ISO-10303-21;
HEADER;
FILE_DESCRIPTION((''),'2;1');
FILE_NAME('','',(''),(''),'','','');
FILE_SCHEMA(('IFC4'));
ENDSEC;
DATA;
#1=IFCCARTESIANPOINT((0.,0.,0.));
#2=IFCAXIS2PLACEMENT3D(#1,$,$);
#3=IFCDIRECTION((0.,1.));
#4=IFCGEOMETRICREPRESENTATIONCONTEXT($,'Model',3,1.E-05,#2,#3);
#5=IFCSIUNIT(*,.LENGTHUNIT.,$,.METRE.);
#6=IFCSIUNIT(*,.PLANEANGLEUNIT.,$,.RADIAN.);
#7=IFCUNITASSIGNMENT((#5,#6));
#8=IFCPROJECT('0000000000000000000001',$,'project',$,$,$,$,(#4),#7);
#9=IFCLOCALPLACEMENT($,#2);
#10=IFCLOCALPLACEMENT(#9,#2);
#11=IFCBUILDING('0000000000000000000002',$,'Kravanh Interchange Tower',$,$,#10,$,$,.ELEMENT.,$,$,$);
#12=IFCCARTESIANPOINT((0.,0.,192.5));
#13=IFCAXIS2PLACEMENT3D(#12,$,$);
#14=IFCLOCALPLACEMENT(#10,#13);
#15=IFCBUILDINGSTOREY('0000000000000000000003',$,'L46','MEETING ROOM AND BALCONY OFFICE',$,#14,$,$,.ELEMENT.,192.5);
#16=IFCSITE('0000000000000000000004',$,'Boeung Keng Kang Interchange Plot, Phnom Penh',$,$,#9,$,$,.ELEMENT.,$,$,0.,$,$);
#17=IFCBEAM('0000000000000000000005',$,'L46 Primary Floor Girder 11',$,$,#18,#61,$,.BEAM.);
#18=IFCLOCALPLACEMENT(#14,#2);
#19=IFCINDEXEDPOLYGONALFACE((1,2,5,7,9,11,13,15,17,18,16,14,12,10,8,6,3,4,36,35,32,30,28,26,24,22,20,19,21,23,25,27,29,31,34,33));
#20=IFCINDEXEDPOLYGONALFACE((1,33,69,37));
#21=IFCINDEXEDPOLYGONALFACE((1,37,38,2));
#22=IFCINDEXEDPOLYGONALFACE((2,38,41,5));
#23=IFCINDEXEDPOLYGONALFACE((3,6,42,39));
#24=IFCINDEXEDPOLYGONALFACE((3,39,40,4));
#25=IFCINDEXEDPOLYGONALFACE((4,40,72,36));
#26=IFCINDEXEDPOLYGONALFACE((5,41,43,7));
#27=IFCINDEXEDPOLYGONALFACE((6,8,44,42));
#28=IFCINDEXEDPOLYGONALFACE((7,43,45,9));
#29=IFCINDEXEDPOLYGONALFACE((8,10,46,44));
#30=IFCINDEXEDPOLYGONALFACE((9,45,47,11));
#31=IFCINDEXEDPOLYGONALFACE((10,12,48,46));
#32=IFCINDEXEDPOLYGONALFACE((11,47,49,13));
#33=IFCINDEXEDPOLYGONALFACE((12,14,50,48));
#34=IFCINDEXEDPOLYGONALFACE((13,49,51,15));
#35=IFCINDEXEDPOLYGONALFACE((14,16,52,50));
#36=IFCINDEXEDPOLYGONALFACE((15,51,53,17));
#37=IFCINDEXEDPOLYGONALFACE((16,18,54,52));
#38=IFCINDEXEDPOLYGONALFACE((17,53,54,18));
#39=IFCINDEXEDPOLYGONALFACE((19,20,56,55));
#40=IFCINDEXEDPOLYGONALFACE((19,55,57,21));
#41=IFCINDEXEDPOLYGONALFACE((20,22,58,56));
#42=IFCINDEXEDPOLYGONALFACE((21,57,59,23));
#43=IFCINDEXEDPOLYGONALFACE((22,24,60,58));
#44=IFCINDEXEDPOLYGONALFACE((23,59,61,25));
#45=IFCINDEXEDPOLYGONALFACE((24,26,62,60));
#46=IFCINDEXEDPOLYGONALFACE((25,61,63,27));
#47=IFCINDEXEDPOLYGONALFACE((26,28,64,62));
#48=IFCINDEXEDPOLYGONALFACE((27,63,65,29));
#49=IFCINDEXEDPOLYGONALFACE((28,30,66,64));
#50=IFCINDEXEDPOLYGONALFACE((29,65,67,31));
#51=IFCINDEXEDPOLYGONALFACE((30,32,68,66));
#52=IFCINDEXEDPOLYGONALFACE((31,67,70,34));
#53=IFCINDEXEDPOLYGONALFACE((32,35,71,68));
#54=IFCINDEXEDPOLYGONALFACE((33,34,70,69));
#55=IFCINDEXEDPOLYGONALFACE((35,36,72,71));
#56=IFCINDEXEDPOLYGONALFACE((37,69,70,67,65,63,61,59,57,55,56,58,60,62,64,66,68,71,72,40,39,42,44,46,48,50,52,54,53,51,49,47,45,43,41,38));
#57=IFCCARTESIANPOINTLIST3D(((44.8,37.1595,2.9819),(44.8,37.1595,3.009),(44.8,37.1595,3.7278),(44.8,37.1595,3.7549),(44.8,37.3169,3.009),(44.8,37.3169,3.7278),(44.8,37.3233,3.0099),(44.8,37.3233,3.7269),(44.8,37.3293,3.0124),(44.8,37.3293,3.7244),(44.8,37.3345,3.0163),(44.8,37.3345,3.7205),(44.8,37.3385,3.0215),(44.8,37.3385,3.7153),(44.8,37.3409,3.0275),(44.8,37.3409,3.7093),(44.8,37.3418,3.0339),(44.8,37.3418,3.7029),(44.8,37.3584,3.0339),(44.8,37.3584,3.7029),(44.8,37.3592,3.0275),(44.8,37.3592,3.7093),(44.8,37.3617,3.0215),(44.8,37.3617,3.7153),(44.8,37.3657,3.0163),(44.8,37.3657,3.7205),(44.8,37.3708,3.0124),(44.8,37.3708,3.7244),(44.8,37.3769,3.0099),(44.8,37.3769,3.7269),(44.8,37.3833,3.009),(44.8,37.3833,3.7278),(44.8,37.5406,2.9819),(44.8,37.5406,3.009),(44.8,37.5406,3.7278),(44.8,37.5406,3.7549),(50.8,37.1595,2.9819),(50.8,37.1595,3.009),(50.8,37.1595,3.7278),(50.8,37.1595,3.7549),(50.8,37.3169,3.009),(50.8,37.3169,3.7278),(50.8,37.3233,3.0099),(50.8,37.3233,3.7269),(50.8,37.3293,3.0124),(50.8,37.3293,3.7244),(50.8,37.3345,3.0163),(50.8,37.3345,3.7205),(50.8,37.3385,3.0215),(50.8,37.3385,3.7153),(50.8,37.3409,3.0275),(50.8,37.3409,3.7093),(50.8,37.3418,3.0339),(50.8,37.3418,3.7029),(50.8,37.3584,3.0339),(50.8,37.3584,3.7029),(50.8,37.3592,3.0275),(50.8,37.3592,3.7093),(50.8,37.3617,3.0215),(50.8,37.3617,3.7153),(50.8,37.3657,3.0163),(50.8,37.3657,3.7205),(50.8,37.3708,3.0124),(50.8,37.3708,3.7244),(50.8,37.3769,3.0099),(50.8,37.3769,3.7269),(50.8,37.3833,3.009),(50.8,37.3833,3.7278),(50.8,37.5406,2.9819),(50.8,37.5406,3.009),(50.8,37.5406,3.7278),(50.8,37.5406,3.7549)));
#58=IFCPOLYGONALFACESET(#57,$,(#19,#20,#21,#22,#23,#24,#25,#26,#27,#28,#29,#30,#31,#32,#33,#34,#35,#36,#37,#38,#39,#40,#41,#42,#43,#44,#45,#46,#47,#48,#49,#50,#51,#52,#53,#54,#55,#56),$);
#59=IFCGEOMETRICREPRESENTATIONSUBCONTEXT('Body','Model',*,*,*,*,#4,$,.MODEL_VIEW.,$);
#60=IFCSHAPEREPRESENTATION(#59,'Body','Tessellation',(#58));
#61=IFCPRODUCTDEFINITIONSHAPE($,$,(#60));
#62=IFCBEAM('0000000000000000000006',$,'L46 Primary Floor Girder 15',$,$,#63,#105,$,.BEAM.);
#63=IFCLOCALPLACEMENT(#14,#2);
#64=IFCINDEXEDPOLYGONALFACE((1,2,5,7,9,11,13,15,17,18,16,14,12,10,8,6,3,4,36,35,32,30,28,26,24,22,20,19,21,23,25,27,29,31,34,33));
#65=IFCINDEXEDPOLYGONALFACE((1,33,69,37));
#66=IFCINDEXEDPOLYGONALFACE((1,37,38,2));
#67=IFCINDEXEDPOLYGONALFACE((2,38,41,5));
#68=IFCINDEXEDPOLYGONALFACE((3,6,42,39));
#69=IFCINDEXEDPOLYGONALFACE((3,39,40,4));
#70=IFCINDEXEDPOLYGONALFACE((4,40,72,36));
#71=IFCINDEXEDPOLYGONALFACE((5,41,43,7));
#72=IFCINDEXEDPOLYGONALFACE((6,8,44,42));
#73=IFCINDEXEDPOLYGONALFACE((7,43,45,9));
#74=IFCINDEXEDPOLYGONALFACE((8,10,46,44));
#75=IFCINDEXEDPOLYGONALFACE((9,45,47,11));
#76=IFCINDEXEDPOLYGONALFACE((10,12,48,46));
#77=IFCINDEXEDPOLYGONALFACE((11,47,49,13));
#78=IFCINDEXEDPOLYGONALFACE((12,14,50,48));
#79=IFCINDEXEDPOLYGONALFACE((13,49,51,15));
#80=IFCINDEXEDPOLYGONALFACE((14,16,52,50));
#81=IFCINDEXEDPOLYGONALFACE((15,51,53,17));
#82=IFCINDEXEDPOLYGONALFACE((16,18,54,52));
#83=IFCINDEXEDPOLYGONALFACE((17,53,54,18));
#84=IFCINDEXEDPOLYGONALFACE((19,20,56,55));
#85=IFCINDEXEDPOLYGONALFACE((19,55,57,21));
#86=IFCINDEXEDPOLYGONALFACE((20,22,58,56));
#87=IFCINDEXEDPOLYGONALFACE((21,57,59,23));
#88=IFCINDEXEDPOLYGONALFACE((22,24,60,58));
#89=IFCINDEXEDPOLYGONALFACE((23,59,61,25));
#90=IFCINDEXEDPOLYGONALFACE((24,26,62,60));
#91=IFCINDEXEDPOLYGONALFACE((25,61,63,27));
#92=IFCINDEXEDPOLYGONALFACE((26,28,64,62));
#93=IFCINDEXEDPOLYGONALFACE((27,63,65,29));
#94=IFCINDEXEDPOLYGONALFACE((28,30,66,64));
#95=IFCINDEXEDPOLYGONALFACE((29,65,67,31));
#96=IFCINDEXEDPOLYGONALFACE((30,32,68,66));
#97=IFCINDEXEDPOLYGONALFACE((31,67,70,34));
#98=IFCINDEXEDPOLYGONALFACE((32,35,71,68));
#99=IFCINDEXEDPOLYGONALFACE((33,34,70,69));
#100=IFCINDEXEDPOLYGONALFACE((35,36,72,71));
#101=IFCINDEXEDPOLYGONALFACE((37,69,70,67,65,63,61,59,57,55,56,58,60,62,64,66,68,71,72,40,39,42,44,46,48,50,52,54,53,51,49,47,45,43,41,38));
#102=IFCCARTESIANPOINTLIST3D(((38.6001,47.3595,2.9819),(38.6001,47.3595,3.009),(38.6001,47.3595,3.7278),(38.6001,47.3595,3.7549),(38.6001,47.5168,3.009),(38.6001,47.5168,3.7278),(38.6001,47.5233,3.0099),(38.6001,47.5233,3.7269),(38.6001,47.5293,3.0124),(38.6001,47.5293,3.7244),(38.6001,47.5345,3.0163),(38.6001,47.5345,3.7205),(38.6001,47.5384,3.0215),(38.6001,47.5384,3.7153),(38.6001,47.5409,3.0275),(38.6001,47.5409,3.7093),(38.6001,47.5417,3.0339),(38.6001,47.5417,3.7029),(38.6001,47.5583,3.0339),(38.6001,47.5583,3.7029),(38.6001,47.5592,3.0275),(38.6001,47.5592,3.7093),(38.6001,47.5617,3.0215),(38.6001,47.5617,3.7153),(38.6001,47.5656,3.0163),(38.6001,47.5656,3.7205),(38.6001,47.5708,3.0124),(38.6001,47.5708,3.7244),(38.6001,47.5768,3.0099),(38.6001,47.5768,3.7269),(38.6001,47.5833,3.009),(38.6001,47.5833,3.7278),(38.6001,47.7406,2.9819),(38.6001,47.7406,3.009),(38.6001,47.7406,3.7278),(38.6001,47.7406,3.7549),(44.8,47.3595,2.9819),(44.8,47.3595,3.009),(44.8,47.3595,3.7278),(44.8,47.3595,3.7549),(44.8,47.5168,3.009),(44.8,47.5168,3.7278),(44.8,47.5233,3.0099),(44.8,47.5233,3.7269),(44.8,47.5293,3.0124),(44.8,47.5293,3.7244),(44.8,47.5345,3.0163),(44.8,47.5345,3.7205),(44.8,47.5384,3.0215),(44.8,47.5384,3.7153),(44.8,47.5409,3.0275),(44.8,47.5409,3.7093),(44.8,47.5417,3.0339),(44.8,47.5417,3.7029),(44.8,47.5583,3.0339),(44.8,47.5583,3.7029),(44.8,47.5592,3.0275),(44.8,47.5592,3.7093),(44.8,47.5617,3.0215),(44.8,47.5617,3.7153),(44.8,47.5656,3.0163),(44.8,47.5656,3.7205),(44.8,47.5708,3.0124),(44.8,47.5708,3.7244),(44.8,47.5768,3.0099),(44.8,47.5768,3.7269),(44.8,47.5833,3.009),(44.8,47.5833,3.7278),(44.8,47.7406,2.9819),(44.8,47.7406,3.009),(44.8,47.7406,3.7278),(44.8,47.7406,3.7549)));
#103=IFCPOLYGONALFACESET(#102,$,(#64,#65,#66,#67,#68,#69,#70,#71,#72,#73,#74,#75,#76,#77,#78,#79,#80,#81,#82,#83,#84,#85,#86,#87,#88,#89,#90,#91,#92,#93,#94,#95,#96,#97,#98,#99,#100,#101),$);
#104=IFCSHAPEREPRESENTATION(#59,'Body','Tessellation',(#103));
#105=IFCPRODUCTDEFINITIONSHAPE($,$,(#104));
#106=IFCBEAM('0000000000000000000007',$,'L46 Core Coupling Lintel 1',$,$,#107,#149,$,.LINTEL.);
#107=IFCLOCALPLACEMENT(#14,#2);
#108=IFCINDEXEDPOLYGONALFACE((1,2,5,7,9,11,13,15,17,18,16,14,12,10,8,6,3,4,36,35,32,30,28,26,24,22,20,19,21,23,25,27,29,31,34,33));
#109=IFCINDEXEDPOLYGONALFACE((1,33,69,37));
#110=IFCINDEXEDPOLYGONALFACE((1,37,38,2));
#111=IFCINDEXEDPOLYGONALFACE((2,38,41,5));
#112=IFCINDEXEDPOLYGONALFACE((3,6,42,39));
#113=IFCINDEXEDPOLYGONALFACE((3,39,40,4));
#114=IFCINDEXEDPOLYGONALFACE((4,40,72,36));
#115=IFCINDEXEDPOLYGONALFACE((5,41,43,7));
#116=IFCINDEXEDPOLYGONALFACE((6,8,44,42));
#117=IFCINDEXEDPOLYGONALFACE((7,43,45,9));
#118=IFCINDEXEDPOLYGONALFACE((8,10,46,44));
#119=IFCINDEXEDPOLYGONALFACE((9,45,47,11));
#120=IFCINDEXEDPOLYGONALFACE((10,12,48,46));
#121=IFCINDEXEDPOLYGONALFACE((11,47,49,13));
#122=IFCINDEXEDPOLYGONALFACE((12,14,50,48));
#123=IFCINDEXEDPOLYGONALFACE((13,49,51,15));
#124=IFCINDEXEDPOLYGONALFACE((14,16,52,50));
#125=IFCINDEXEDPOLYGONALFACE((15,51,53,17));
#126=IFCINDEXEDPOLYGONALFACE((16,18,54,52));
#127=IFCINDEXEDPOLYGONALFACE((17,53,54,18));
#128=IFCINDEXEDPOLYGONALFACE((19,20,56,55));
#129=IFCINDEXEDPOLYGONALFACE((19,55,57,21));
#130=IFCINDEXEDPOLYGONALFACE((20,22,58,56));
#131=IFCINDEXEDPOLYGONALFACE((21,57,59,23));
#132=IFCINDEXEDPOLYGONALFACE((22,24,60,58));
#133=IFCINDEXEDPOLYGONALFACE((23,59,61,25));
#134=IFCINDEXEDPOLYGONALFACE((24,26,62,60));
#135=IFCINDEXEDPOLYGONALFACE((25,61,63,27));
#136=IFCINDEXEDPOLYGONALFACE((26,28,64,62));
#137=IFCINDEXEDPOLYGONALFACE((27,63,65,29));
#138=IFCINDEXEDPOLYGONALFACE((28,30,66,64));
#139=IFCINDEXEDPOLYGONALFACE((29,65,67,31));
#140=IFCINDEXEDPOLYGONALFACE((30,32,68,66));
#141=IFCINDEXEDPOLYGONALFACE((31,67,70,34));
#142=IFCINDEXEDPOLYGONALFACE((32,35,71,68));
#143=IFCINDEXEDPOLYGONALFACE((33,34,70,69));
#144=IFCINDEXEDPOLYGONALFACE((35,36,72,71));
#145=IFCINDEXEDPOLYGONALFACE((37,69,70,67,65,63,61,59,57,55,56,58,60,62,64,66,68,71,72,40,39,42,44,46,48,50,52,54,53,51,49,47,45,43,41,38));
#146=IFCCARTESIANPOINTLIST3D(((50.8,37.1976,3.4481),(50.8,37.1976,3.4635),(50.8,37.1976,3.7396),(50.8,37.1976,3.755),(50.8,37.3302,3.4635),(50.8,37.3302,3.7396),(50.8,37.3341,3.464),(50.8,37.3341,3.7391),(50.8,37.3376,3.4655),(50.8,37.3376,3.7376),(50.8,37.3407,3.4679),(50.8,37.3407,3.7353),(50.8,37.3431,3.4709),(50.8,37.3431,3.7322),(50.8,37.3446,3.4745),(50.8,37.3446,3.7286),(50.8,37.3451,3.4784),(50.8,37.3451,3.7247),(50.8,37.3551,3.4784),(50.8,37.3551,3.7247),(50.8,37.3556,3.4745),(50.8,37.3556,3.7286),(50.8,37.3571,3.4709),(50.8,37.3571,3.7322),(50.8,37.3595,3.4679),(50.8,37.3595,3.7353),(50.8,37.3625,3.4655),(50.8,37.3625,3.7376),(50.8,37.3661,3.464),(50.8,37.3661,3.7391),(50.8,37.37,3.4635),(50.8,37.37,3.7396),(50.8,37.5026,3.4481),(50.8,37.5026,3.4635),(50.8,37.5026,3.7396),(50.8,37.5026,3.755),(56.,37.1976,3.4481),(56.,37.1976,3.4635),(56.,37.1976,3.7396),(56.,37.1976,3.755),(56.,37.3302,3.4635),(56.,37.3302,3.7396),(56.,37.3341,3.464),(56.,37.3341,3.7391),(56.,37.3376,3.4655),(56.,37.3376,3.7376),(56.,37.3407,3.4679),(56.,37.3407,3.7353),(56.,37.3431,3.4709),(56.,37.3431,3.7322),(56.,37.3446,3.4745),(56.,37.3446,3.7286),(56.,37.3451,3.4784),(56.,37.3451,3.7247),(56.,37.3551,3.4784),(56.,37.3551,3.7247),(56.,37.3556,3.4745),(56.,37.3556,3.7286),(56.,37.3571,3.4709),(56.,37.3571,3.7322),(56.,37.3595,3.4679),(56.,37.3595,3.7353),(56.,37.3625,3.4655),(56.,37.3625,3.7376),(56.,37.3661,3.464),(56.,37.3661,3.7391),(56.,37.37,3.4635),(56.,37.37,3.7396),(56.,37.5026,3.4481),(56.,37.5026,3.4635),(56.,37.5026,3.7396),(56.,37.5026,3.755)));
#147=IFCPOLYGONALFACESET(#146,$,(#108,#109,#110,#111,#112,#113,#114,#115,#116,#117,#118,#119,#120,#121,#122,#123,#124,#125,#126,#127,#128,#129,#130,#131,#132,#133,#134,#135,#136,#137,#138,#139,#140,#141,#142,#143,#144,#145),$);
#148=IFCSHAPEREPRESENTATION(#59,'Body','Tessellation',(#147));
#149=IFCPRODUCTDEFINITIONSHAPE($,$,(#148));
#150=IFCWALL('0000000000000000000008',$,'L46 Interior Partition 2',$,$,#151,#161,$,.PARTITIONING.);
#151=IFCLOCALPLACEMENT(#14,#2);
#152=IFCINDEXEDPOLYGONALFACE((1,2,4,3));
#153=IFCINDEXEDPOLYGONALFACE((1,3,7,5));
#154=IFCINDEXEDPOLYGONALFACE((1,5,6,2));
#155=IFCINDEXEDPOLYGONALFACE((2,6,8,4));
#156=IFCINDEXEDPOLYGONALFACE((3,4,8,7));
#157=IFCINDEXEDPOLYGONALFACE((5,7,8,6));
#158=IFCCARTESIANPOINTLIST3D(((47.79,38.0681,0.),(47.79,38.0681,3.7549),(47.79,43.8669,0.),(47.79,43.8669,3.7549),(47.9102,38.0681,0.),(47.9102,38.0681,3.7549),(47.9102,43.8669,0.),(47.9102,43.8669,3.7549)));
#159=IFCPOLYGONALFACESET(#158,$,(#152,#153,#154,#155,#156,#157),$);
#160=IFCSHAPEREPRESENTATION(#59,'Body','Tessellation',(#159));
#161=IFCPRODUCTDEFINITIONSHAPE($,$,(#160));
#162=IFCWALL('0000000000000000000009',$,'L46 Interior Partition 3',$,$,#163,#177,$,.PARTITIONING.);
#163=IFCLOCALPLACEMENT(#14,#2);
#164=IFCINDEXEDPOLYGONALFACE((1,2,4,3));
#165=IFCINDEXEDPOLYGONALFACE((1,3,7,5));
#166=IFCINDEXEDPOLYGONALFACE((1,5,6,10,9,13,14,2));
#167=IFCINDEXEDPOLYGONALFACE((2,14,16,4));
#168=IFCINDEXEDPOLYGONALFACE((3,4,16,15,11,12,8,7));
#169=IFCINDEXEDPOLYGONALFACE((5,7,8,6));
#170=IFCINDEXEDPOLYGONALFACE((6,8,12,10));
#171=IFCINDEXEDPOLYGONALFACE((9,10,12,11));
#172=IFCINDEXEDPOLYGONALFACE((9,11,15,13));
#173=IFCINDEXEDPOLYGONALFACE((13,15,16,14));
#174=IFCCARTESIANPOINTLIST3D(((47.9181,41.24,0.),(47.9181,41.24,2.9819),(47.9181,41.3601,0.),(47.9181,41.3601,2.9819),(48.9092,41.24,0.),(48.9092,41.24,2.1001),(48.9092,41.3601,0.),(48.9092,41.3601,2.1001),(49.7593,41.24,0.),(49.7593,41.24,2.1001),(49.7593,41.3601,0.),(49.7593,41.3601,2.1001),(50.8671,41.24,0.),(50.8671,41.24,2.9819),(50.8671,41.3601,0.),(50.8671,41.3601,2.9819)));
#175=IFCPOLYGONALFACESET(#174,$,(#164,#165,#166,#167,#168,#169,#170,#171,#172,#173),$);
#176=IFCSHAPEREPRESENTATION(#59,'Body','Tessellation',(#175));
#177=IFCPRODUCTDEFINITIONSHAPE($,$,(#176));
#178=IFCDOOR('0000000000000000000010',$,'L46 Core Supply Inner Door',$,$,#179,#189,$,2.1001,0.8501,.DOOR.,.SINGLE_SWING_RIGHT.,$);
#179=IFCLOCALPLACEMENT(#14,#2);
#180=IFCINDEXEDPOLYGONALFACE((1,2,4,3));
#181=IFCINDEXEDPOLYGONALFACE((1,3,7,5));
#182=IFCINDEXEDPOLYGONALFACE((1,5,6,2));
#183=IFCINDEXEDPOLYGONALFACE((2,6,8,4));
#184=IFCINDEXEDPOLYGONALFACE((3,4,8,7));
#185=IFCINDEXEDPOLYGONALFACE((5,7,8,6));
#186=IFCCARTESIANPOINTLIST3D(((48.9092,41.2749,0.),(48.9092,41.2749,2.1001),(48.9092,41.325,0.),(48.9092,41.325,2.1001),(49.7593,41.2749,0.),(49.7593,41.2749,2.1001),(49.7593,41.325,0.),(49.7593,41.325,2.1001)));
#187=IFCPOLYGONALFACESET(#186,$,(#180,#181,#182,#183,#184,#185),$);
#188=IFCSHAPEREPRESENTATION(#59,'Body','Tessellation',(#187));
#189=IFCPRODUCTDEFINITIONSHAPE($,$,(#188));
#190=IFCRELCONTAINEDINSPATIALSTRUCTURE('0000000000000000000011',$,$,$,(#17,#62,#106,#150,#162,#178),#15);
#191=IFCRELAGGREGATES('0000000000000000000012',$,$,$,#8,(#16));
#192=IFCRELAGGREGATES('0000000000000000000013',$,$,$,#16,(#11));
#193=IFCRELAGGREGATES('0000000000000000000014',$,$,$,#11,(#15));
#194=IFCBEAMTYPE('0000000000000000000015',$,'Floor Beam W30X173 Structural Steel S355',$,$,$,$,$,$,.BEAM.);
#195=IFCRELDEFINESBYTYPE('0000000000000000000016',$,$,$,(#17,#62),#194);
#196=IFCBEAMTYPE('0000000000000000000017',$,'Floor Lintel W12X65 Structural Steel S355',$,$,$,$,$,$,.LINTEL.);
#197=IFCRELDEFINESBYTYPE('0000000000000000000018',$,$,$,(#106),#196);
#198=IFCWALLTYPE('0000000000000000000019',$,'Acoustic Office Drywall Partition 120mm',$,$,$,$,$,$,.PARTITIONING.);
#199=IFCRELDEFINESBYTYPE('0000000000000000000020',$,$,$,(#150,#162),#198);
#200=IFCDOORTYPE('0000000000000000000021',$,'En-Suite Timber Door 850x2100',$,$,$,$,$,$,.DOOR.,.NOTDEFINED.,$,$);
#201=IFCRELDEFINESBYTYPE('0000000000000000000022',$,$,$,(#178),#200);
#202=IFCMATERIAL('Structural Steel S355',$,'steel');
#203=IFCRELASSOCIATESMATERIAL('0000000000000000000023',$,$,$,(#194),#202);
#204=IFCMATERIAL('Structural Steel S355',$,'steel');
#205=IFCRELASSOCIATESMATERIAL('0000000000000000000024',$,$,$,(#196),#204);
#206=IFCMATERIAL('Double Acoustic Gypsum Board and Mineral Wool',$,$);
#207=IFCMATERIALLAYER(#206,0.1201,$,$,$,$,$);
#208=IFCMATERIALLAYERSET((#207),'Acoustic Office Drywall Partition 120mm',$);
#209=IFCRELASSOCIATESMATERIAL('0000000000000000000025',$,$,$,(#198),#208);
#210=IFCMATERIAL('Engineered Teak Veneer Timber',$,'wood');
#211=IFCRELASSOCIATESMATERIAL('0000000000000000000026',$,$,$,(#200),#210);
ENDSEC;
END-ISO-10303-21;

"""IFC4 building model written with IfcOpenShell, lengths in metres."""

from ifc_helpers import new_model, si_unit, direction, frame, frame_2d, origin, origin_2d, place, context, subcontext, project, spatial, rectangle, i_section, extrude, material, layer, layer_set, material_profile, profile_set, type_object, element, fill, save


model = new_model("IFC4")

# Units and contexts
model_context = context("Model", 3, precision=1e-05, world=origin(), true_north=direction((0.0, 1.0)))
body_context = subcontext(model_context, "Body", "Model", "MODEL_VIEW")
ifc_project = project(units=[si_unit("LENGTHUNIT", "METRE"), si_unit("PLANEANGLEUNIT", "RADIAN")], contexts=[model_context])

# Site, building, storey
site_placement = place(None, origin())
site = spatial("IfcSite", under=ifc_project, at=site_placement, Name="Boeung Keng Kang Interchange Plot, Phnom Penh", CompositionType="ELEMENT", RefElevation=0.0)
building_placement = place(site_placement, origin())
building = spatial("IfcBuilding", under=site, at=building_placement, Name="Kravanh Interchange Tower", CompositionType="ELEMENT")
storey_placement = place(building_placement, frame((0.0, 0.0, 192.5)))
storey = spatial("IfcBuildingStorey", under=building, at=storey_placement, Name="L46", Description="MEETING ROOM AND BALCONY OFFICE", CompositionType="ELEMENT", Elevation=192.5)

# Beams
ifc_material_1 = material(Name="Structural Steel S355", Category="steel")
ifc_material_profile_1 = material_profile(ifc_material_1, i_section(OverallWidth=0.3811, OverallDepth=0.7729, WebThickness=0.0166, FlangeThickness=0.0271, FilletRadius=0.0249, at=origin_2d()), Name="W30X173")
ifc_profile_set_1 = profile_set([ifc_material_profile_1], Name="Structural Steel S355")
beam_type_1 = type_object("IfcBeamType", Name="Floor Beam W30X173 Structural Steel S355", PredefinedType="BEAM", material=ifc_profile_set_1)
beam_1_placement = place(storey_placement, frame((50.8, 37.3501, 3.3684), z_axis=(-1.0, 0.0, 0.0), x_axis=(0.0, -1.0, 0.0)))
element("IfcBeam", 1, at=beam_1_placement, inside=storey, type_object=beam_type_1, Name="L46 Primary Floor Girder 11", PredefinedType="BEAM", context=body_context, shape_type="SweptSolid", body=[
    extrude(i_section(OverallWidth=0.3811, OverallDepth=0.7729, WebThickness=0.0166, FlangeThickness=0.0271, FilletRadius=0.0249, at=origin_2d()), origin(), (0.0, 0.0, 1.0), 6.0),
])
beam_2_placement = place(storey_placement, frame((44.8, 47.55, 3.3684), z_axis=(-1.0, 0.0, 0.0), x_axis=(0.0, -1.0, 0.0)))
element("IfcBeam", 2, at=beam_2_placement, inside=storey, type_object=beam_type_1, Name="L46 Primary Floor Girder 15", PredefinedType="BEAM", context=body_context, shape_type="SweptSolid", body=[
    extrude(i_section(OverallWidth=0.3811, OverallDepth=0.7729, WebThickness=0.0166, FlangeThickness=0.0271, FilletRadius=0.0249, at=origin_2d()), origin(), (0.0, 0.0, 1.0), 6.2),
])
ifc_material_2 = material(Name="Structural Steel S355", Category="steel")
ifc_material_profile_2 = material_profile(ifc_material_2, i_section(OverallWidth=0.3049, OverallDepth=0.3069, WebThickness=0.01, FlangeThickness=0.0154, FilletRadius=0.0149, at=origin_2d()), Name="W12X65")
ifc_profile_set_2 = profile_set([ifc_material_profile_2], Name="Structural Steel S355")
beam_type_2 = type_object("IfcBeamType", Name="Floor Lintel W12X65 Structural Steel S355", PredefinedType="LINTEL", material=ifc_profile_set_2)
beam_3_placement = place(storey_placement, frame((50.8, 37.3501, 3.6016), z_axis=(1.0, 0.0, 0.0), x_axis=(0.0, 1.0, 0.0)))
element("IfcBeam", 3, at=beam_3_placement, inside=storey, type_object=beam_type_2, Name="L46 Core Coupling Lintel 1", PredefinedType="LINTEL", context=body_context, shape_type="SweptSolid", body=[
    extrude(i_section(OverallWidth=0.3049, OverallDepth=0.3069, WebThickness=0.01, FlangeThickness=0.0154, FilletRadius=0.0149, at=origin_2d()), origin(), (0.0, 0.0, 1.0), 5.2),
])

# Wall
ifc_material_3 = material(Name="Double Acoustic Gypsum Board and Mineral Wool")
ifc_layer_1 = layer(ifc_material_3, 0.1201)
ifc_layer_set_1 = layer_set([ifc_layer_1], Name="Acoustic Office Drywall Partition 120mm")
wall_type_1 = type_object("IfcWallType", Name="Acoustic Office Drywall Partition 120mm", PredefinedType="PARTITIONING", material=ifc_layer_set_1)
wall_1_placement = place(storey_placement, frame((47.8501, 38.0681, 0.0), z_axis=(0.0, 0.0, 1.0), x_axis=(0.0, 1.0, 0.0)))
element("IfcWall", 4, at=wall_1_placement, inside=storey, type_object=wall_type_1, Name="L46 Interior Partition 2", PredefinedType="PARTITIONING", context=body_context, shape_type="SweptSolid", body=[
    extrude(rectangle(XDim=5.7988, YDim=0.1201, at=frame_2d((2.8994, 0.0))), origin(), (0.0, 0.0, 1.0), 3.7549),
])

# Wall, opening, door
wall_2_placement = place(storey_placement, frame((47.918, 41.3, 0.0), z_axis=(0.0, 0.0, 1.0), x_axis=(1.0, 0.0, 0.0)))
wall_2 = element("IfcWall", 5, at=wall_2_placement, inside=storey, type_object=wall_type_1, Name="L46 Interior Partition 3", PredefinedType="PARTITIONING", context=body_context, shape_type="SweptSolid", body=[
    extrude(rectangle(XDim=2.949, YDim=0.1201, at=frame_2d((1.4746, 0.0))), origin(), (0.0, 0.0, 1.0), 2.9819),
])
opening_1_placement = place(wall_2_placement, frame((0.9912, 0.0, 0.0)))
opening_1 = element("IfcOpeningElement", 6, at=opening_1_placement, cuts=wall_2, PredefinedType="OPENING", context=body_context, shape_type="SweptSolid", body=[
    extrude(rectangle(XDim=0.8501, YDim=2.1001, at=frame_2d((0.425, 1.05))), frame((0.0, 0.0701, 0.0), z_axis=(0.0, -1.0, 0.0), x_axis=(1.0, 0.0, 0.0)), (0.0, 0.0, 1.0), 0.1401),
])
ifc_material_4 = material(Name="Engineered Teak Veneer Timber", Category="wood")
door_type_1 = type_object("IfcDoorType", Name="En-Suite Timber Door 850x2100", OperationType="NOTDEFINED", PredefinedType="DOOR", material=ifc_material_4)
door_1_placement = place(opening_1_placement, origin())
door_1 = element("IfcDoor", 7, at=door_1_placement, inside=storey, type_object=door_type_1, Name="L46 Core Supply Inner Door", OperationType="SINGLE_SWING_RIGHT", OverallHeight=2.1001, OverallWidth=0.8501, PredefinedType="DOOR", context=body_context, shape_type="SweptSolid", body=[
    extrude(rectangle(XDim=0.8501, YDim=2.1001, at=frame_2d((0.425, 1.05))), frame((0.0, 0.0249, 0.0), z_axis=(0.0, -1.0, 0.0), x_axis=(1.0, 0.0, 0.0)), (0.0, 0.0, 1.0), 0.05),
])
fill(opening_1, door_1)

save(model, "model.ifc")
